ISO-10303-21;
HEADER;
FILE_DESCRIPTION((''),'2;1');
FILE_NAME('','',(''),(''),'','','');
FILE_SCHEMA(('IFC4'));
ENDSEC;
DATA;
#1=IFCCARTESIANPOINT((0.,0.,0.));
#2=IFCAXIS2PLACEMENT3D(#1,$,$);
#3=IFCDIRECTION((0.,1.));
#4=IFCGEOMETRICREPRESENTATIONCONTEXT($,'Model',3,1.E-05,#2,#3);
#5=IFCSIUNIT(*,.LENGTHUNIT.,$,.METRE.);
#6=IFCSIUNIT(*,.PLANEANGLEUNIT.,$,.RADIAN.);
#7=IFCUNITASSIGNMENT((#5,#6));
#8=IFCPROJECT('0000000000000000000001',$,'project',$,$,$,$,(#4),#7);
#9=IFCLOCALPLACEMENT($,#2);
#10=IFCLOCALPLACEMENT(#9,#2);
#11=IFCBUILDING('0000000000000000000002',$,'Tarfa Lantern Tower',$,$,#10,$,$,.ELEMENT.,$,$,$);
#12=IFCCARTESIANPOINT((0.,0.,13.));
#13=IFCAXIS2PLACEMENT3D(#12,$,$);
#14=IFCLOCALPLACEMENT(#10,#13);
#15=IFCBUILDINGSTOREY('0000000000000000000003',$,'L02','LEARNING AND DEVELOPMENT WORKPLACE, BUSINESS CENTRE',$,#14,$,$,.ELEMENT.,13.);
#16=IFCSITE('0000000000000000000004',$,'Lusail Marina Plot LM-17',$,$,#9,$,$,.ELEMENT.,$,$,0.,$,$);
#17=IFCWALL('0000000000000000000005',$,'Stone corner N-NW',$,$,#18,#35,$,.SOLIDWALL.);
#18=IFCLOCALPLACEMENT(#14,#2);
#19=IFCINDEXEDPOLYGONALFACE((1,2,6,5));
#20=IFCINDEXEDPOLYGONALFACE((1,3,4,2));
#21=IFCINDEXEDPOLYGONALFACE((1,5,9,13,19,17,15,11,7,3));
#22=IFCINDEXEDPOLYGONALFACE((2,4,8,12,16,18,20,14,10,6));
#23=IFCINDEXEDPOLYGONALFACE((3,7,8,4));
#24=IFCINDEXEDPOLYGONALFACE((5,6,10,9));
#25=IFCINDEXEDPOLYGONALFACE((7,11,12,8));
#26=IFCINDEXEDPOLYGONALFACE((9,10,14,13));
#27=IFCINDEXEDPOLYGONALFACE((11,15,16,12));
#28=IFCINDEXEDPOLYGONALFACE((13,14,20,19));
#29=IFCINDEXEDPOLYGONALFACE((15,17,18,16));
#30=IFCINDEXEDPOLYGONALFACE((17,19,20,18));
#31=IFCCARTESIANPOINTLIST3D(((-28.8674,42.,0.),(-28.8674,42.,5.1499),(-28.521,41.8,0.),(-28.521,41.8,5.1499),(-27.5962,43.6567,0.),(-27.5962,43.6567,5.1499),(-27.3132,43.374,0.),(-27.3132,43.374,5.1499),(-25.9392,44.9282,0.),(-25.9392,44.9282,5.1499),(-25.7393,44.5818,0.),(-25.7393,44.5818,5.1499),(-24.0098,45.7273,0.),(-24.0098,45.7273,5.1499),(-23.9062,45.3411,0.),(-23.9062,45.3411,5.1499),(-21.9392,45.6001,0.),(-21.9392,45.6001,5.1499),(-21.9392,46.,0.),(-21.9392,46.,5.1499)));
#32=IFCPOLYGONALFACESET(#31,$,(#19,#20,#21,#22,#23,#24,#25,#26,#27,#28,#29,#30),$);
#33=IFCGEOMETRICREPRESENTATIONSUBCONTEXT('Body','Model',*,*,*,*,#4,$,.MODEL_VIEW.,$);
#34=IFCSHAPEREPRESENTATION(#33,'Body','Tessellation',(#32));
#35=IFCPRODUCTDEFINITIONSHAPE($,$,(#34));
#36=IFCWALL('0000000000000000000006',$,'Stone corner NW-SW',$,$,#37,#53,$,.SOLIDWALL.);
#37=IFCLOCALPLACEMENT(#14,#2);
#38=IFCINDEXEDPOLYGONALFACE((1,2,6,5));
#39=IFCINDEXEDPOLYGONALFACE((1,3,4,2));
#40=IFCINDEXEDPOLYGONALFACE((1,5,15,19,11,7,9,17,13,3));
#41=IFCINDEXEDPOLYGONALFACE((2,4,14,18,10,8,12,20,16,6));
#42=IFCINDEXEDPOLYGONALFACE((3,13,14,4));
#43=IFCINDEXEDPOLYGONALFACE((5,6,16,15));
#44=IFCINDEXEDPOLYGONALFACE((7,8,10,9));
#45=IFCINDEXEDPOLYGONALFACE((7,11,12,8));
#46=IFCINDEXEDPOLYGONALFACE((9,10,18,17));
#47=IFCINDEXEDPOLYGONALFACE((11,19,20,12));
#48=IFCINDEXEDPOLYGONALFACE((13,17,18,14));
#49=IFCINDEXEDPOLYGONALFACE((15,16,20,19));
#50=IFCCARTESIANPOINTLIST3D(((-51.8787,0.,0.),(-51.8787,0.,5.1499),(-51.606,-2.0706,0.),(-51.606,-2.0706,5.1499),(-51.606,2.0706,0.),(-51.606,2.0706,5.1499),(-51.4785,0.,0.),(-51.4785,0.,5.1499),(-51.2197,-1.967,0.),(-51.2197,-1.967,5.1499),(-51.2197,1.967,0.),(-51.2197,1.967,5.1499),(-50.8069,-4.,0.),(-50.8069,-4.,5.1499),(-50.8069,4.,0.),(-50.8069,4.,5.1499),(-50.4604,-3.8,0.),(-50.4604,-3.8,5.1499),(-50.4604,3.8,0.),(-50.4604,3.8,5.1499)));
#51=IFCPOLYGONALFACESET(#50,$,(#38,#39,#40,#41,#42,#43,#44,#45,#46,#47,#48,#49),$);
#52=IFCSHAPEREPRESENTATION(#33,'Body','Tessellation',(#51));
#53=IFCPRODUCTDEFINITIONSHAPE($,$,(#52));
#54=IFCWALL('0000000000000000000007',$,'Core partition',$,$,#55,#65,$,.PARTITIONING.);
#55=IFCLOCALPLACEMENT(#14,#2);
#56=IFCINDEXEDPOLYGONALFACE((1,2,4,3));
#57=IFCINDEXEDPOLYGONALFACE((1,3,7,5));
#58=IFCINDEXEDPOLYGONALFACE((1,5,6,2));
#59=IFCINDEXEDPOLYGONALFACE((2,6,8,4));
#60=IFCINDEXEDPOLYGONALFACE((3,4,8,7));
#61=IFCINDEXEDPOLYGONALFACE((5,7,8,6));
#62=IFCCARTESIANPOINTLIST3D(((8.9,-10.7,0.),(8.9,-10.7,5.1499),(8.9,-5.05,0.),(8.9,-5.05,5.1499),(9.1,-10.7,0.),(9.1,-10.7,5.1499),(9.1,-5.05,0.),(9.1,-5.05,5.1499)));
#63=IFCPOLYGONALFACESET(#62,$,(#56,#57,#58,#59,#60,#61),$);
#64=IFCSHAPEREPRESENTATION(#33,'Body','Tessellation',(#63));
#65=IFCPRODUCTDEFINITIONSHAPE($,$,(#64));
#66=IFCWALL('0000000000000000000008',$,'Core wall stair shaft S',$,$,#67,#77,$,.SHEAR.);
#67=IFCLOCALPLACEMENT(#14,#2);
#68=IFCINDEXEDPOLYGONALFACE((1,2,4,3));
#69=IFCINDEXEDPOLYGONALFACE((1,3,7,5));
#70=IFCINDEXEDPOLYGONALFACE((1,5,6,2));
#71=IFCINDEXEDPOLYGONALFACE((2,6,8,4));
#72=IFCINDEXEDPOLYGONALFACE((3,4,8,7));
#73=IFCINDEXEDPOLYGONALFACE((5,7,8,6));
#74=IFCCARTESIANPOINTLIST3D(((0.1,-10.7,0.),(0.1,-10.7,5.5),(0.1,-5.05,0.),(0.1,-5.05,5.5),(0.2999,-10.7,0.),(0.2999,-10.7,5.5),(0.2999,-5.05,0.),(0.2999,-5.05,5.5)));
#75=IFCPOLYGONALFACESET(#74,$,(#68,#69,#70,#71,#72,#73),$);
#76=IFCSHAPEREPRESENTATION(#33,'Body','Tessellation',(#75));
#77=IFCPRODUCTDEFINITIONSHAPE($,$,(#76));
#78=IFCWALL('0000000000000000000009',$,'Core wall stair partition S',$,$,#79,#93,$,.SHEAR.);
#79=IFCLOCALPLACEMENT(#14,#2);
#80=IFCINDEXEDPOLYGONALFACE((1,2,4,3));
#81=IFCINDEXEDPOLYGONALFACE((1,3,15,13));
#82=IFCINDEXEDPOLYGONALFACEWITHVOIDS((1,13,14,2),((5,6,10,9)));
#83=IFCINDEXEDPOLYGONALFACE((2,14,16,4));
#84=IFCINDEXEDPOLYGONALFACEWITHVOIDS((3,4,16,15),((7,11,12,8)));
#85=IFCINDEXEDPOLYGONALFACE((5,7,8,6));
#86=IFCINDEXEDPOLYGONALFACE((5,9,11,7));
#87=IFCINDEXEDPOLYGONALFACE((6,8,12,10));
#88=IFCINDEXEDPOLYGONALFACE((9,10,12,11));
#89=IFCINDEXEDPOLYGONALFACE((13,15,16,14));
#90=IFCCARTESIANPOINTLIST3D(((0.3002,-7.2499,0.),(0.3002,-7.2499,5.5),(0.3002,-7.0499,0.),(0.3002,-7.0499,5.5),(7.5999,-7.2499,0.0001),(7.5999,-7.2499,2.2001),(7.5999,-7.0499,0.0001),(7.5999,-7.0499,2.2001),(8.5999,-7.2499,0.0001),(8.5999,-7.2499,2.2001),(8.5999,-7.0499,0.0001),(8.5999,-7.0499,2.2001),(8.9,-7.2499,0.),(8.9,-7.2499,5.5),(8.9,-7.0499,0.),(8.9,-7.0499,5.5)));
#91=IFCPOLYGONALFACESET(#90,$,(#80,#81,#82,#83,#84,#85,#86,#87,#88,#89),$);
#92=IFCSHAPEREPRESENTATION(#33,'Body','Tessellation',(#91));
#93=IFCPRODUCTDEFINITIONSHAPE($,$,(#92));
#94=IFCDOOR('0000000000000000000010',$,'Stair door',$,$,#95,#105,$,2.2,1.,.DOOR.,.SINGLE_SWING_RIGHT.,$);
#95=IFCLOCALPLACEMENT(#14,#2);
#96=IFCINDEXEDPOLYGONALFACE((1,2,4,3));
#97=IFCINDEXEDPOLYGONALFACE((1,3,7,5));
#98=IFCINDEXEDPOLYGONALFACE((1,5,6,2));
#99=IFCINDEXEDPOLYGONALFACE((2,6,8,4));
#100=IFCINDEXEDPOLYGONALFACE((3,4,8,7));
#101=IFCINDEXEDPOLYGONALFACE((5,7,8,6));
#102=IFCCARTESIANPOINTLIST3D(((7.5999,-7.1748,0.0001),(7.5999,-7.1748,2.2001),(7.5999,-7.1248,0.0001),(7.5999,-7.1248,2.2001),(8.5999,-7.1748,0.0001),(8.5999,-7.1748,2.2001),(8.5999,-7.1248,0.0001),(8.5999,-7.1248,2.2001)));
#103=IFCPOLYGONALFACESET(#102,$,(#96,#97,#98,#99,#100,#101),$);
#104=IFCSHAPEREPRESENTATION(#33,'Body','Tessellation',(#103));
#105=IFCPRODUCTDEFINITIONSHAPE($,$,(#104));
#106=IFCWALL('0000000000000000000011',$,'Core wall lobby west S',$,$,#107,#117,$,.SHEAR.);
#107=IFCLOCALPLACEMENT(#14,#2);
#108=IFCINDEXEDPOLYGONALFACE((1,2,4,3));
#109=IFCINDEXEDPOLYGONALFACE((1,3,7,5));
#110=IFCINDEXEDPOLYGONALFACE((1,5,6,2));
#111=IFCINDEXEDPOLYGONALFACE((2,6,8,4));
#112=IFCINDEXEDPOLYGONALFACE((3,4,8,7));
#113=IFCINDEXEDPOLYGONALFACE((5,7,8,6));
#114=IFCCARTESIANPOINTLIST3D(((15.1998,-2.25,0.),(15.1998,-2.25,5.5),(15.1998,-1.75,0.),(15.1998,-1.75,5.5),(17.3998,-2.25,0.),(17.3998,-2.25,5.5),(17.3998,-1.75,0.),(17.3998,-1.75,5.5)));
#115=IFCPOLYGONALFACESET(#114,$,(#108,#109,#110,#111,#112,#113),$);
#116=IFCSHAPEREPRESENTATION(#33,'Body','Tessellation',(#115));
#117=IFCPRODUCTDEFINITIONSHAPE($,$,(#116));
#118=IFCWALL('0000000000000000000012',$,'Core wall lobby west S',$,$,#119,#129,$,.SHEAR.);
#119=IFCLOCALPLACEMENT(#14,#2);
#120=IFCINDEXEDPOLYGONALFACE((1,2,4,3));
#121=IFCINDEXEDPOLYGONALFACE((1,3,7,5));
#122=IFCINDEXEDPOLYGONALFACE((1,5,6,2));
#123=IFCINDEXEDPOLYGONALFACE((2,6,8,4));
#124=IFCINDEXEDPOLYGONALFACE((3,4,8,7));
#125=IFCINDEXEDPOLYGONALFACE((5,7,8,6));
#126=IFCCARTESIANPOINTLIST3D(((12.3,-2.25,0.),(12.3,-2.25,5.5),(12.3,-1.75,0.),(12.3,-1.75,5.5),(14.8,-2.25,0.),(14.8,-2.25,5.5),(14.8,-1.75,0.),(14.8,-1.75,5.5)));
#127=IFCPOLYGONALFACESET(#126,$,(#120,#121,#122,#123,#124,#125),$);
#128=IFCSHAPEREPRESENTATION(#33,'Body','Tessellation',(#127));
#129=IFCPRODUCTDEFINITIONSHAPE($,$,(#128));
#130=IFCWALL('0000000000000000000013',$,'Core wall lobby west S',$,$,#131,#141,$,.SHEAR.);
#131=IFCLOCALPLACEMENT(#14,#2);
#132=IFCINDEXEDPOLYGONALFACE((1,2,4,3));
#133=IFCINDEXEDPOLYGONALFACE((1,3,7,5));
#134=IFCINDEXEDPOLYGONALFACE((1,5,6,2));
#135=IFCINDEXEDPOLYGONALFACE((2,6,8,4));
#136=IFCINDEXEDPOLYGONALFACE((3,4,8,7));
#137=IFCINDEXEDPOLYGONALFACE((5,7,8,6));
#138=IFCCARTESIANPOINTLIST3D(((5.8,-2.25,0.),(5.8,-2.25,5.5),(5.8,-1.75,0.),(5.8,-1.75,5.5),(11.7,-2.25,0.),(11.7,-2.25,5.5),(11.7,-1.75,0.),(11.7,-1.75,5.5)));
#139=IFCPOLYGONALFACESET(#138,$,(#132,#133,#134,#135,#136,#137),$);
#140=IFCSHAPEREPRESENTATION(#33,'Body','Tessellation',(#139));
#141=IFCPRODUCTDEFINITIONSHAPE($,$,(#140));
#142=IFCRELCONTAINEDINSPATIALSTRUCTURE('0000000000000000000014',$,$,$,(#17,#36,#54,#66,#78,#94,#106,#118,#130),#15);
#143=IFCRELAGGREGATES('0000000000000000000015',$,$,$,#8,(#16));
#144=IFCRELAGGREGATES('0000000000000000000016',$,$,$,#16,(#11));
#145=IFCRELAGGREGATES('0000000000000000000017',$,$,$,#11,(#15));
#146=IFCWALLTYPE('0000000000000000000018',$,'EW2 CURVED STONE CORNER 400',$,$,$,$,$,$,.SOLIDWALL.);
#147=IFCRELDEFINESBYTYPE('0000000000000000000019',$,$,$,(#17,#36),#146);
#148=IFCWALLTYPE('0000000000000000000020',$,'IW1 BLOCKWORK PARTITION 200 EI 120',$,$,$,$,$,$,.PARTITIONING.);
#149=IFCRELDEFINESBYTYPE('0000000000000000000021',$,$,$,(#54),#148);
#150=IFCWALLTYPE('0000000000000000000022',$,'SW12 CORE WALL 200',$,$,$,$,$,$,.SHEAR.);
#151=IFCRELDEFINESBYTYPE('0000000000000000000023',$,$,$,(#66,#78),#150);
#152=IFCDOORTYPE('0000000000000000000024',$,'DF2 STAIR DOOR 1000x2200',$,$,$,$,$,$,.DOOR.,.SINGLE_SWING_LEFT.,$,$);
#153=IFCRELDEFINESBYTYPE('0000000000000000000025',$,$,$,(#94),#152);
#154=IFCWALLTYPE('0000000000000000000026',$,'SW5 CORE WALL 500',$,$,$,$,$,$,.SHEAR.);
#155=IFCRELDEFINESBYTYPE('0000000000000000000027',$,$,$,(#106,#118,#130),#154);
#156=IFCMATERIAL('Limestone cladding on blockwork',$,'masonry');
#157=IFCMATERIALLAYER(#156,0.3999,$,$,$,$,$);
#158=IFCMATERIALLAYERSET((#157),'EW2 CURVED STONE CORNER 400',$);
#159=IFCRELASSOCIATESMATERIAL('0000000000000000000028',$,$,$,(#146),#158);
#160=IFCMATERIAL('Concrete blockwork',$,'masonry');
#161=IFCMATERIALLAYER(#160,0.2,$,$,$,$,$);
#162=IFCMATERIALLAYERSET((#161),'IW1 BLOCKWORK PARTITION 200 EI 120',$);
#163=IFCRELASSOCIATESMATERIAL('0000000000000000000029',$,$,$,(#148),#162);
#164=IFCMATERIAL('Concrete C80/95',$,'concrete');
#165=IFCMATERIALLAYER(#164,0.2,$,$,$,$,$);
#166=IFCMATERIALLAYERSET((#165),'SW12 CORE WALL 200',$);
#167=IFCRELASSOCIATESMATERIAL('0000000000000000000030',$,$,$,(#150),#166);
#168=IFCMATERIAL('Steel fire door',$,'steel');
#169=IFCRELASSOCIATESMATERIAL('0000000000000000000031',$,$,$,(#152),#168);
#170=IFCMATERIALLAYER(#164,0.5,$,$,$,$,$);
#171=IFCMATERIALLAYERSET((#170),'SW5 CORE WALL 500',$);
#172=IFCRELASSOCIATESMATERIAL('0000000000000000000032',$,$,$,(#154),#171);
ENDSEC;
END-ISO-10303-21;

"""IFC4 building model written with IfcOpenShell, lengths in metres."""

from ifc_helpers import new_model, si_unit, direction, frame, frame_2d, origin, place, context, subcontext, project, spatial, polyline, rectangle, outline, extrude, material, layer, layer_set, type_object, element, fill, save


model = new_model("IFC4")

# Units and contexts
model_context = context("Model", 3, precision=1e-05, world=origin(), true_north=direction((0.0, 1.0)))
body_context = subcontext(model_context, "Body", "Model", "MODEL_VIEW")
ifc_project = project(units=[si_unit("LENGTHUNIT", "METRE"), si_unit("PLANEANGLEUNIT", "RADIAN")], contexts=[model_context])

# Site, building, storey
site_placement = place(None, origin())
site = spatial("IfcSite", under=ifc_project, at=site_placement, Name="Lusail Marina Plot LM-17", CompositionType="ELEMENT", RefElevation=0.0)
building_placement = place(site_placement, origin())
building = spatial("IfcBuilding", under=site, at=building_placement, Name="Tarfa Lantern Tower", CompositionType="ELEMENT")
storey_placement = place(building_placement, frame((0.0, 0.0, 13.0)))
storey = spatial("IfcBuildingStorey", under=building, at=storey_placement, Name="L02", Description="LEARNING AND DEVELOPMENT WORKPLACE, BUSINESS CENTRE", CompositionType="ELEMENT", Elevation=13.0)

# Walls
ifc_material_1 = material(Name="Limestone cladding on blockwork", Category="masonry")
ifc_layer_1 = layer(ifc_material_1, 0.3999)
ifc_layer_set_1 = layer_set([ifc_layer_1], Name="EW2 CURVED STONE CORNER 400")
wall_type_1 = type_object("IfcWallType", Name="EW2 CURVED STONE CORNER 400", PredefinedType="SOLIDWALL", material=ifc_layer_set_1)
wall_1_placement = place(storey_placement, origin())
element("IfcWall", 1, at=wall_1_placement, inside=storey, type_object=wall_type_1, Name="Stone corner N-NW", PredefinedType="SOLIDWALL", context=body_context, shape_type="SweptSolid", body=[
    extrude(outline(polyline([(-21.9392, 46.0), (-24.0098, 45.7273), (-25.9392, 44.9282), (-27.5962, 43.6567), (-28.8674, 42.0), (-28.521, 41.8), (-27.3132, 43.374), (-25.7393, 44.5818), (-23.9062, 45.3411), (-21.9392, 45.6001), (-21.9392, 46.0)])), origin(), (0.0, 0.0, 1.0), 5.1499),
])
wall_2_placement = place(storey_placement, origin())
element("IfcWall", 2, at=wall_2_placement, inside=storey, type_object=wall_type_1, Name="Stone corner NW-SW", PredefinedType="SOLIDWALL", context=body_context, shape_type="SweptSolid", body=[
    extrude(outline(polyline([(-50.8069, 4.0), (-51.606, 2.0706), (-51.8787, 0.0), (-51.606, -2.0706), (-50.8069, -4.0), (-50.4604, -3.8), (-51.2197, -1.967), (-51.4785, 0.0), (-51.2197, 1.967), (-50.4604, 3.8), (-50.8069, 4.0)])), origin(), (0.0, 0.0, 1.0), 5.1499),
])
ifc_material_2 = material(Name="Concrete blockwork", Category="masonry")
ifc_layer_2 = layer(ifc_material_2, 0.2)
ifc_layer_set_2 = layer_set([ifc_layer_2], Name="IW1 BLOCKWORK PARTITION 200 EI 120")
wall_type_2 = type_object("IfcWallType", Name="IW1 BLOCKWORK PARTITION 200 EI 120", PredefinedType="PARTITIONING", material=ifc_layer_set_2)
wall_3_placement = place(storey_placement, frame((9.0, -5.05, 0.0), z_axis=(0.0, 0.0, 1.0), x_axis=(0.0, -1.0, 0.0)))
element("IfcWall", 3, at=wall_3_placement, inside=storey, type_object=wall_type_2, Name="Core partition", PredefinedType="PARTITIONING", context=body_context, shape_type="SweptSolid", body=[
    extrude(rectangle(XDim=5.6499, YDim=0.2, at=frame_2d((2.825, 0.0))), origin(), (0.0, 0.0, 1.0), 5.1499),
])
ifc_material_3 = material(Name="Concrete C80/95", Category="concrete")
ifc_layer_3 = layer(ifc_material_3, 0.2)
ifc_layer_set_3 = layer_set([ifc_layer_3], Name="SW12 CORE WALL 200")
wall_type_3 = type_object("IfcWallType", Name="SW12 CORE WALL 200", PredefinedType="SHEAR", material=ifc_layer_set_3)
wall_4_placement = place(storey_placement, frame((0.2, -5.05, 0.0), z_axis=(0.0, 0.0, 1.0), x_axis=(0.0, -1.0, 0.0)))
element("IfcWall", 4, at=wall_4_placement, inside=storey, type_object=wall_type_3, Name="Core wall stair shaft S", PredefinedType="SHEAR", context=body_context, shape_type="SweptSolid", body=[
    extrude(rectangle(XDim=5.6499, YDim=0.2, at=frame_2d((2.825, 0.0))), origin(), (0.0, 0.0, 1.0), 5.5),
])

# Wall, opening, door
wall_5_placement = place(storey_placement, frame((8.8999, -7.1499, 0.0), z_axis=(0.0, 0.0, 1.0), x_axis=(-1.0, 0.0, 0.0)))
wall_5 = element("IfcWall", 5, at=wall_5_placement, inside=storey, type_object=wall_type_3, Name="Core wall stair partition S", PredefinedType="SHEAR", context=body_context, shape_type="SweptSolid", body=[
    extrude(rectangle(XDim=8.5999, YDim=0.2, at=frame_2d((4.2998, 0.0))), origin(), (0.0, 0.0, 1.0), 5.5),
])
opening_1_placement = place(wall_5_placement, frame((0.3, 0.0, 0.0)))
opening_1 = element("IfcOpeningElement", 6, at=opening_1_placement, cuts=wall_5, PredefinedType="OPENING", context=body_context, shape_type="SweptSolid", body=[
    extrude(rectangle(XDim=1.0, YDim=2.2, at=frame_2d((0.5, 1.1001))), frame((0.0, 0.1099, 0.0), z_axis=(0.0, -1.0, 0.0), x_axis=(1.0, 0.0, 0.0)), (0.0, 0.0, 1.0), 0.22),
])
ifc_material_4 = material(Name="Steel fire door", Category="steel")
door_type_1 = type_object("IfcDoorType", Name="DF2 STAIR DOOR 1000x2200", OperationType="SINGLE_SWING_LEFT", PredefinedType="DOOR", material=ifc_material_4)
door_1_placement = place(opening_1_placement, origin())
door_1 = element("IfcDoor", 7, at=door_1_placement, inside=storey, type_object=door_type_1, Name="Stair door", OperationType="SINGLE_SWING_RIGHT", OverallHeight=2.2, OverallWidth=1.0, PredefinedType="DOOR", context=body_context, shape_type="SweptSolid", body=[
    extrude(rectangle(XDim=1.0, YDim=2.2, at=frame_2d((0.5, 1.1001))), frame((0.0, 0.0249, 0.0), z_axis=(0.0, -1.0, 0.0), x_axis=(1.0, 0.0, 0.0)), (0.0, 0.0, 1.0), 0.05),
])
fill(opening_1, door_1)

# Walls
ifc_layer_4 = layer(ifc_material_3, 0.5)
ifc_layer_set_4 = layer_set([ifc_layer_4], Name="SW5 CORE WALL 500")
wall_type_4 = type_object("IfcWallType", Name="SW5 CORE WALL 500", PredefinedType="SHEAR", material=ifc_layer_set_4)
wall_6_placement = place(storey_placement, frame((17.3999, -2.0, 0.0), z_axis=(0.0, 0.0, 1.0), x_axis=(-1.0, 0.0, 0.0)))
element("IfcWall", 8, at=wall_6_placement, inside=storey, type_object=wall_type_4, Name="Core wall lobby west S", PredefinedType="SHEAR", context=body_context, shape_type="SweptSolid", body=[
    extrude(rectangle(XDim=2.2, YDim=0.5, at=frame_2d((1.1001, 0.0))), origin(), (0.0, 0.0, 1.0), 5.5),
])
wall_7_placement = place(storey_placement, frame((14.8, -2.0, 0.0), z_axis=(0.0, 0.0, 1.0), x_axis=(-1.0, 0.0, 0.0)))
element("IfcWall", 9, at=wall_7_placement, inside=storey, type_object=wall_type_4, Name="Core wall lobby west S", PredefinedType="SHEAR", context=body_context, shape_type="SweptSolid", body=[
    extrude(rectangle(XDim=2.5, YDim=0.5, at=frame_2d((1.25, 0.0))), origin(), (0.0, 0.0, 1.0), 5.5),
])
wall_8_placement = place(storey_placement, frame((11.7, -2.0, 0.0), z_axis=(0.0, 0.0, 1.0), x_axis=(-1.0, 0.0, 0.0)))
element("IfcWall", 10, at=wall_8_placement, inside=storey, type_object=wall_type_4, Name="Core wall lobby west S", PredefinedType="SHEAR", context=body_context, shape_type="SweptSolid", body=[
    extrude(rectangle(XDim=5.8999, YDim=0.5, at=frame_2d((2.95, 0.0))), origin(), (0.0, 0.0, 1.0), 5.5),
])

save(model, "model.ifc")
